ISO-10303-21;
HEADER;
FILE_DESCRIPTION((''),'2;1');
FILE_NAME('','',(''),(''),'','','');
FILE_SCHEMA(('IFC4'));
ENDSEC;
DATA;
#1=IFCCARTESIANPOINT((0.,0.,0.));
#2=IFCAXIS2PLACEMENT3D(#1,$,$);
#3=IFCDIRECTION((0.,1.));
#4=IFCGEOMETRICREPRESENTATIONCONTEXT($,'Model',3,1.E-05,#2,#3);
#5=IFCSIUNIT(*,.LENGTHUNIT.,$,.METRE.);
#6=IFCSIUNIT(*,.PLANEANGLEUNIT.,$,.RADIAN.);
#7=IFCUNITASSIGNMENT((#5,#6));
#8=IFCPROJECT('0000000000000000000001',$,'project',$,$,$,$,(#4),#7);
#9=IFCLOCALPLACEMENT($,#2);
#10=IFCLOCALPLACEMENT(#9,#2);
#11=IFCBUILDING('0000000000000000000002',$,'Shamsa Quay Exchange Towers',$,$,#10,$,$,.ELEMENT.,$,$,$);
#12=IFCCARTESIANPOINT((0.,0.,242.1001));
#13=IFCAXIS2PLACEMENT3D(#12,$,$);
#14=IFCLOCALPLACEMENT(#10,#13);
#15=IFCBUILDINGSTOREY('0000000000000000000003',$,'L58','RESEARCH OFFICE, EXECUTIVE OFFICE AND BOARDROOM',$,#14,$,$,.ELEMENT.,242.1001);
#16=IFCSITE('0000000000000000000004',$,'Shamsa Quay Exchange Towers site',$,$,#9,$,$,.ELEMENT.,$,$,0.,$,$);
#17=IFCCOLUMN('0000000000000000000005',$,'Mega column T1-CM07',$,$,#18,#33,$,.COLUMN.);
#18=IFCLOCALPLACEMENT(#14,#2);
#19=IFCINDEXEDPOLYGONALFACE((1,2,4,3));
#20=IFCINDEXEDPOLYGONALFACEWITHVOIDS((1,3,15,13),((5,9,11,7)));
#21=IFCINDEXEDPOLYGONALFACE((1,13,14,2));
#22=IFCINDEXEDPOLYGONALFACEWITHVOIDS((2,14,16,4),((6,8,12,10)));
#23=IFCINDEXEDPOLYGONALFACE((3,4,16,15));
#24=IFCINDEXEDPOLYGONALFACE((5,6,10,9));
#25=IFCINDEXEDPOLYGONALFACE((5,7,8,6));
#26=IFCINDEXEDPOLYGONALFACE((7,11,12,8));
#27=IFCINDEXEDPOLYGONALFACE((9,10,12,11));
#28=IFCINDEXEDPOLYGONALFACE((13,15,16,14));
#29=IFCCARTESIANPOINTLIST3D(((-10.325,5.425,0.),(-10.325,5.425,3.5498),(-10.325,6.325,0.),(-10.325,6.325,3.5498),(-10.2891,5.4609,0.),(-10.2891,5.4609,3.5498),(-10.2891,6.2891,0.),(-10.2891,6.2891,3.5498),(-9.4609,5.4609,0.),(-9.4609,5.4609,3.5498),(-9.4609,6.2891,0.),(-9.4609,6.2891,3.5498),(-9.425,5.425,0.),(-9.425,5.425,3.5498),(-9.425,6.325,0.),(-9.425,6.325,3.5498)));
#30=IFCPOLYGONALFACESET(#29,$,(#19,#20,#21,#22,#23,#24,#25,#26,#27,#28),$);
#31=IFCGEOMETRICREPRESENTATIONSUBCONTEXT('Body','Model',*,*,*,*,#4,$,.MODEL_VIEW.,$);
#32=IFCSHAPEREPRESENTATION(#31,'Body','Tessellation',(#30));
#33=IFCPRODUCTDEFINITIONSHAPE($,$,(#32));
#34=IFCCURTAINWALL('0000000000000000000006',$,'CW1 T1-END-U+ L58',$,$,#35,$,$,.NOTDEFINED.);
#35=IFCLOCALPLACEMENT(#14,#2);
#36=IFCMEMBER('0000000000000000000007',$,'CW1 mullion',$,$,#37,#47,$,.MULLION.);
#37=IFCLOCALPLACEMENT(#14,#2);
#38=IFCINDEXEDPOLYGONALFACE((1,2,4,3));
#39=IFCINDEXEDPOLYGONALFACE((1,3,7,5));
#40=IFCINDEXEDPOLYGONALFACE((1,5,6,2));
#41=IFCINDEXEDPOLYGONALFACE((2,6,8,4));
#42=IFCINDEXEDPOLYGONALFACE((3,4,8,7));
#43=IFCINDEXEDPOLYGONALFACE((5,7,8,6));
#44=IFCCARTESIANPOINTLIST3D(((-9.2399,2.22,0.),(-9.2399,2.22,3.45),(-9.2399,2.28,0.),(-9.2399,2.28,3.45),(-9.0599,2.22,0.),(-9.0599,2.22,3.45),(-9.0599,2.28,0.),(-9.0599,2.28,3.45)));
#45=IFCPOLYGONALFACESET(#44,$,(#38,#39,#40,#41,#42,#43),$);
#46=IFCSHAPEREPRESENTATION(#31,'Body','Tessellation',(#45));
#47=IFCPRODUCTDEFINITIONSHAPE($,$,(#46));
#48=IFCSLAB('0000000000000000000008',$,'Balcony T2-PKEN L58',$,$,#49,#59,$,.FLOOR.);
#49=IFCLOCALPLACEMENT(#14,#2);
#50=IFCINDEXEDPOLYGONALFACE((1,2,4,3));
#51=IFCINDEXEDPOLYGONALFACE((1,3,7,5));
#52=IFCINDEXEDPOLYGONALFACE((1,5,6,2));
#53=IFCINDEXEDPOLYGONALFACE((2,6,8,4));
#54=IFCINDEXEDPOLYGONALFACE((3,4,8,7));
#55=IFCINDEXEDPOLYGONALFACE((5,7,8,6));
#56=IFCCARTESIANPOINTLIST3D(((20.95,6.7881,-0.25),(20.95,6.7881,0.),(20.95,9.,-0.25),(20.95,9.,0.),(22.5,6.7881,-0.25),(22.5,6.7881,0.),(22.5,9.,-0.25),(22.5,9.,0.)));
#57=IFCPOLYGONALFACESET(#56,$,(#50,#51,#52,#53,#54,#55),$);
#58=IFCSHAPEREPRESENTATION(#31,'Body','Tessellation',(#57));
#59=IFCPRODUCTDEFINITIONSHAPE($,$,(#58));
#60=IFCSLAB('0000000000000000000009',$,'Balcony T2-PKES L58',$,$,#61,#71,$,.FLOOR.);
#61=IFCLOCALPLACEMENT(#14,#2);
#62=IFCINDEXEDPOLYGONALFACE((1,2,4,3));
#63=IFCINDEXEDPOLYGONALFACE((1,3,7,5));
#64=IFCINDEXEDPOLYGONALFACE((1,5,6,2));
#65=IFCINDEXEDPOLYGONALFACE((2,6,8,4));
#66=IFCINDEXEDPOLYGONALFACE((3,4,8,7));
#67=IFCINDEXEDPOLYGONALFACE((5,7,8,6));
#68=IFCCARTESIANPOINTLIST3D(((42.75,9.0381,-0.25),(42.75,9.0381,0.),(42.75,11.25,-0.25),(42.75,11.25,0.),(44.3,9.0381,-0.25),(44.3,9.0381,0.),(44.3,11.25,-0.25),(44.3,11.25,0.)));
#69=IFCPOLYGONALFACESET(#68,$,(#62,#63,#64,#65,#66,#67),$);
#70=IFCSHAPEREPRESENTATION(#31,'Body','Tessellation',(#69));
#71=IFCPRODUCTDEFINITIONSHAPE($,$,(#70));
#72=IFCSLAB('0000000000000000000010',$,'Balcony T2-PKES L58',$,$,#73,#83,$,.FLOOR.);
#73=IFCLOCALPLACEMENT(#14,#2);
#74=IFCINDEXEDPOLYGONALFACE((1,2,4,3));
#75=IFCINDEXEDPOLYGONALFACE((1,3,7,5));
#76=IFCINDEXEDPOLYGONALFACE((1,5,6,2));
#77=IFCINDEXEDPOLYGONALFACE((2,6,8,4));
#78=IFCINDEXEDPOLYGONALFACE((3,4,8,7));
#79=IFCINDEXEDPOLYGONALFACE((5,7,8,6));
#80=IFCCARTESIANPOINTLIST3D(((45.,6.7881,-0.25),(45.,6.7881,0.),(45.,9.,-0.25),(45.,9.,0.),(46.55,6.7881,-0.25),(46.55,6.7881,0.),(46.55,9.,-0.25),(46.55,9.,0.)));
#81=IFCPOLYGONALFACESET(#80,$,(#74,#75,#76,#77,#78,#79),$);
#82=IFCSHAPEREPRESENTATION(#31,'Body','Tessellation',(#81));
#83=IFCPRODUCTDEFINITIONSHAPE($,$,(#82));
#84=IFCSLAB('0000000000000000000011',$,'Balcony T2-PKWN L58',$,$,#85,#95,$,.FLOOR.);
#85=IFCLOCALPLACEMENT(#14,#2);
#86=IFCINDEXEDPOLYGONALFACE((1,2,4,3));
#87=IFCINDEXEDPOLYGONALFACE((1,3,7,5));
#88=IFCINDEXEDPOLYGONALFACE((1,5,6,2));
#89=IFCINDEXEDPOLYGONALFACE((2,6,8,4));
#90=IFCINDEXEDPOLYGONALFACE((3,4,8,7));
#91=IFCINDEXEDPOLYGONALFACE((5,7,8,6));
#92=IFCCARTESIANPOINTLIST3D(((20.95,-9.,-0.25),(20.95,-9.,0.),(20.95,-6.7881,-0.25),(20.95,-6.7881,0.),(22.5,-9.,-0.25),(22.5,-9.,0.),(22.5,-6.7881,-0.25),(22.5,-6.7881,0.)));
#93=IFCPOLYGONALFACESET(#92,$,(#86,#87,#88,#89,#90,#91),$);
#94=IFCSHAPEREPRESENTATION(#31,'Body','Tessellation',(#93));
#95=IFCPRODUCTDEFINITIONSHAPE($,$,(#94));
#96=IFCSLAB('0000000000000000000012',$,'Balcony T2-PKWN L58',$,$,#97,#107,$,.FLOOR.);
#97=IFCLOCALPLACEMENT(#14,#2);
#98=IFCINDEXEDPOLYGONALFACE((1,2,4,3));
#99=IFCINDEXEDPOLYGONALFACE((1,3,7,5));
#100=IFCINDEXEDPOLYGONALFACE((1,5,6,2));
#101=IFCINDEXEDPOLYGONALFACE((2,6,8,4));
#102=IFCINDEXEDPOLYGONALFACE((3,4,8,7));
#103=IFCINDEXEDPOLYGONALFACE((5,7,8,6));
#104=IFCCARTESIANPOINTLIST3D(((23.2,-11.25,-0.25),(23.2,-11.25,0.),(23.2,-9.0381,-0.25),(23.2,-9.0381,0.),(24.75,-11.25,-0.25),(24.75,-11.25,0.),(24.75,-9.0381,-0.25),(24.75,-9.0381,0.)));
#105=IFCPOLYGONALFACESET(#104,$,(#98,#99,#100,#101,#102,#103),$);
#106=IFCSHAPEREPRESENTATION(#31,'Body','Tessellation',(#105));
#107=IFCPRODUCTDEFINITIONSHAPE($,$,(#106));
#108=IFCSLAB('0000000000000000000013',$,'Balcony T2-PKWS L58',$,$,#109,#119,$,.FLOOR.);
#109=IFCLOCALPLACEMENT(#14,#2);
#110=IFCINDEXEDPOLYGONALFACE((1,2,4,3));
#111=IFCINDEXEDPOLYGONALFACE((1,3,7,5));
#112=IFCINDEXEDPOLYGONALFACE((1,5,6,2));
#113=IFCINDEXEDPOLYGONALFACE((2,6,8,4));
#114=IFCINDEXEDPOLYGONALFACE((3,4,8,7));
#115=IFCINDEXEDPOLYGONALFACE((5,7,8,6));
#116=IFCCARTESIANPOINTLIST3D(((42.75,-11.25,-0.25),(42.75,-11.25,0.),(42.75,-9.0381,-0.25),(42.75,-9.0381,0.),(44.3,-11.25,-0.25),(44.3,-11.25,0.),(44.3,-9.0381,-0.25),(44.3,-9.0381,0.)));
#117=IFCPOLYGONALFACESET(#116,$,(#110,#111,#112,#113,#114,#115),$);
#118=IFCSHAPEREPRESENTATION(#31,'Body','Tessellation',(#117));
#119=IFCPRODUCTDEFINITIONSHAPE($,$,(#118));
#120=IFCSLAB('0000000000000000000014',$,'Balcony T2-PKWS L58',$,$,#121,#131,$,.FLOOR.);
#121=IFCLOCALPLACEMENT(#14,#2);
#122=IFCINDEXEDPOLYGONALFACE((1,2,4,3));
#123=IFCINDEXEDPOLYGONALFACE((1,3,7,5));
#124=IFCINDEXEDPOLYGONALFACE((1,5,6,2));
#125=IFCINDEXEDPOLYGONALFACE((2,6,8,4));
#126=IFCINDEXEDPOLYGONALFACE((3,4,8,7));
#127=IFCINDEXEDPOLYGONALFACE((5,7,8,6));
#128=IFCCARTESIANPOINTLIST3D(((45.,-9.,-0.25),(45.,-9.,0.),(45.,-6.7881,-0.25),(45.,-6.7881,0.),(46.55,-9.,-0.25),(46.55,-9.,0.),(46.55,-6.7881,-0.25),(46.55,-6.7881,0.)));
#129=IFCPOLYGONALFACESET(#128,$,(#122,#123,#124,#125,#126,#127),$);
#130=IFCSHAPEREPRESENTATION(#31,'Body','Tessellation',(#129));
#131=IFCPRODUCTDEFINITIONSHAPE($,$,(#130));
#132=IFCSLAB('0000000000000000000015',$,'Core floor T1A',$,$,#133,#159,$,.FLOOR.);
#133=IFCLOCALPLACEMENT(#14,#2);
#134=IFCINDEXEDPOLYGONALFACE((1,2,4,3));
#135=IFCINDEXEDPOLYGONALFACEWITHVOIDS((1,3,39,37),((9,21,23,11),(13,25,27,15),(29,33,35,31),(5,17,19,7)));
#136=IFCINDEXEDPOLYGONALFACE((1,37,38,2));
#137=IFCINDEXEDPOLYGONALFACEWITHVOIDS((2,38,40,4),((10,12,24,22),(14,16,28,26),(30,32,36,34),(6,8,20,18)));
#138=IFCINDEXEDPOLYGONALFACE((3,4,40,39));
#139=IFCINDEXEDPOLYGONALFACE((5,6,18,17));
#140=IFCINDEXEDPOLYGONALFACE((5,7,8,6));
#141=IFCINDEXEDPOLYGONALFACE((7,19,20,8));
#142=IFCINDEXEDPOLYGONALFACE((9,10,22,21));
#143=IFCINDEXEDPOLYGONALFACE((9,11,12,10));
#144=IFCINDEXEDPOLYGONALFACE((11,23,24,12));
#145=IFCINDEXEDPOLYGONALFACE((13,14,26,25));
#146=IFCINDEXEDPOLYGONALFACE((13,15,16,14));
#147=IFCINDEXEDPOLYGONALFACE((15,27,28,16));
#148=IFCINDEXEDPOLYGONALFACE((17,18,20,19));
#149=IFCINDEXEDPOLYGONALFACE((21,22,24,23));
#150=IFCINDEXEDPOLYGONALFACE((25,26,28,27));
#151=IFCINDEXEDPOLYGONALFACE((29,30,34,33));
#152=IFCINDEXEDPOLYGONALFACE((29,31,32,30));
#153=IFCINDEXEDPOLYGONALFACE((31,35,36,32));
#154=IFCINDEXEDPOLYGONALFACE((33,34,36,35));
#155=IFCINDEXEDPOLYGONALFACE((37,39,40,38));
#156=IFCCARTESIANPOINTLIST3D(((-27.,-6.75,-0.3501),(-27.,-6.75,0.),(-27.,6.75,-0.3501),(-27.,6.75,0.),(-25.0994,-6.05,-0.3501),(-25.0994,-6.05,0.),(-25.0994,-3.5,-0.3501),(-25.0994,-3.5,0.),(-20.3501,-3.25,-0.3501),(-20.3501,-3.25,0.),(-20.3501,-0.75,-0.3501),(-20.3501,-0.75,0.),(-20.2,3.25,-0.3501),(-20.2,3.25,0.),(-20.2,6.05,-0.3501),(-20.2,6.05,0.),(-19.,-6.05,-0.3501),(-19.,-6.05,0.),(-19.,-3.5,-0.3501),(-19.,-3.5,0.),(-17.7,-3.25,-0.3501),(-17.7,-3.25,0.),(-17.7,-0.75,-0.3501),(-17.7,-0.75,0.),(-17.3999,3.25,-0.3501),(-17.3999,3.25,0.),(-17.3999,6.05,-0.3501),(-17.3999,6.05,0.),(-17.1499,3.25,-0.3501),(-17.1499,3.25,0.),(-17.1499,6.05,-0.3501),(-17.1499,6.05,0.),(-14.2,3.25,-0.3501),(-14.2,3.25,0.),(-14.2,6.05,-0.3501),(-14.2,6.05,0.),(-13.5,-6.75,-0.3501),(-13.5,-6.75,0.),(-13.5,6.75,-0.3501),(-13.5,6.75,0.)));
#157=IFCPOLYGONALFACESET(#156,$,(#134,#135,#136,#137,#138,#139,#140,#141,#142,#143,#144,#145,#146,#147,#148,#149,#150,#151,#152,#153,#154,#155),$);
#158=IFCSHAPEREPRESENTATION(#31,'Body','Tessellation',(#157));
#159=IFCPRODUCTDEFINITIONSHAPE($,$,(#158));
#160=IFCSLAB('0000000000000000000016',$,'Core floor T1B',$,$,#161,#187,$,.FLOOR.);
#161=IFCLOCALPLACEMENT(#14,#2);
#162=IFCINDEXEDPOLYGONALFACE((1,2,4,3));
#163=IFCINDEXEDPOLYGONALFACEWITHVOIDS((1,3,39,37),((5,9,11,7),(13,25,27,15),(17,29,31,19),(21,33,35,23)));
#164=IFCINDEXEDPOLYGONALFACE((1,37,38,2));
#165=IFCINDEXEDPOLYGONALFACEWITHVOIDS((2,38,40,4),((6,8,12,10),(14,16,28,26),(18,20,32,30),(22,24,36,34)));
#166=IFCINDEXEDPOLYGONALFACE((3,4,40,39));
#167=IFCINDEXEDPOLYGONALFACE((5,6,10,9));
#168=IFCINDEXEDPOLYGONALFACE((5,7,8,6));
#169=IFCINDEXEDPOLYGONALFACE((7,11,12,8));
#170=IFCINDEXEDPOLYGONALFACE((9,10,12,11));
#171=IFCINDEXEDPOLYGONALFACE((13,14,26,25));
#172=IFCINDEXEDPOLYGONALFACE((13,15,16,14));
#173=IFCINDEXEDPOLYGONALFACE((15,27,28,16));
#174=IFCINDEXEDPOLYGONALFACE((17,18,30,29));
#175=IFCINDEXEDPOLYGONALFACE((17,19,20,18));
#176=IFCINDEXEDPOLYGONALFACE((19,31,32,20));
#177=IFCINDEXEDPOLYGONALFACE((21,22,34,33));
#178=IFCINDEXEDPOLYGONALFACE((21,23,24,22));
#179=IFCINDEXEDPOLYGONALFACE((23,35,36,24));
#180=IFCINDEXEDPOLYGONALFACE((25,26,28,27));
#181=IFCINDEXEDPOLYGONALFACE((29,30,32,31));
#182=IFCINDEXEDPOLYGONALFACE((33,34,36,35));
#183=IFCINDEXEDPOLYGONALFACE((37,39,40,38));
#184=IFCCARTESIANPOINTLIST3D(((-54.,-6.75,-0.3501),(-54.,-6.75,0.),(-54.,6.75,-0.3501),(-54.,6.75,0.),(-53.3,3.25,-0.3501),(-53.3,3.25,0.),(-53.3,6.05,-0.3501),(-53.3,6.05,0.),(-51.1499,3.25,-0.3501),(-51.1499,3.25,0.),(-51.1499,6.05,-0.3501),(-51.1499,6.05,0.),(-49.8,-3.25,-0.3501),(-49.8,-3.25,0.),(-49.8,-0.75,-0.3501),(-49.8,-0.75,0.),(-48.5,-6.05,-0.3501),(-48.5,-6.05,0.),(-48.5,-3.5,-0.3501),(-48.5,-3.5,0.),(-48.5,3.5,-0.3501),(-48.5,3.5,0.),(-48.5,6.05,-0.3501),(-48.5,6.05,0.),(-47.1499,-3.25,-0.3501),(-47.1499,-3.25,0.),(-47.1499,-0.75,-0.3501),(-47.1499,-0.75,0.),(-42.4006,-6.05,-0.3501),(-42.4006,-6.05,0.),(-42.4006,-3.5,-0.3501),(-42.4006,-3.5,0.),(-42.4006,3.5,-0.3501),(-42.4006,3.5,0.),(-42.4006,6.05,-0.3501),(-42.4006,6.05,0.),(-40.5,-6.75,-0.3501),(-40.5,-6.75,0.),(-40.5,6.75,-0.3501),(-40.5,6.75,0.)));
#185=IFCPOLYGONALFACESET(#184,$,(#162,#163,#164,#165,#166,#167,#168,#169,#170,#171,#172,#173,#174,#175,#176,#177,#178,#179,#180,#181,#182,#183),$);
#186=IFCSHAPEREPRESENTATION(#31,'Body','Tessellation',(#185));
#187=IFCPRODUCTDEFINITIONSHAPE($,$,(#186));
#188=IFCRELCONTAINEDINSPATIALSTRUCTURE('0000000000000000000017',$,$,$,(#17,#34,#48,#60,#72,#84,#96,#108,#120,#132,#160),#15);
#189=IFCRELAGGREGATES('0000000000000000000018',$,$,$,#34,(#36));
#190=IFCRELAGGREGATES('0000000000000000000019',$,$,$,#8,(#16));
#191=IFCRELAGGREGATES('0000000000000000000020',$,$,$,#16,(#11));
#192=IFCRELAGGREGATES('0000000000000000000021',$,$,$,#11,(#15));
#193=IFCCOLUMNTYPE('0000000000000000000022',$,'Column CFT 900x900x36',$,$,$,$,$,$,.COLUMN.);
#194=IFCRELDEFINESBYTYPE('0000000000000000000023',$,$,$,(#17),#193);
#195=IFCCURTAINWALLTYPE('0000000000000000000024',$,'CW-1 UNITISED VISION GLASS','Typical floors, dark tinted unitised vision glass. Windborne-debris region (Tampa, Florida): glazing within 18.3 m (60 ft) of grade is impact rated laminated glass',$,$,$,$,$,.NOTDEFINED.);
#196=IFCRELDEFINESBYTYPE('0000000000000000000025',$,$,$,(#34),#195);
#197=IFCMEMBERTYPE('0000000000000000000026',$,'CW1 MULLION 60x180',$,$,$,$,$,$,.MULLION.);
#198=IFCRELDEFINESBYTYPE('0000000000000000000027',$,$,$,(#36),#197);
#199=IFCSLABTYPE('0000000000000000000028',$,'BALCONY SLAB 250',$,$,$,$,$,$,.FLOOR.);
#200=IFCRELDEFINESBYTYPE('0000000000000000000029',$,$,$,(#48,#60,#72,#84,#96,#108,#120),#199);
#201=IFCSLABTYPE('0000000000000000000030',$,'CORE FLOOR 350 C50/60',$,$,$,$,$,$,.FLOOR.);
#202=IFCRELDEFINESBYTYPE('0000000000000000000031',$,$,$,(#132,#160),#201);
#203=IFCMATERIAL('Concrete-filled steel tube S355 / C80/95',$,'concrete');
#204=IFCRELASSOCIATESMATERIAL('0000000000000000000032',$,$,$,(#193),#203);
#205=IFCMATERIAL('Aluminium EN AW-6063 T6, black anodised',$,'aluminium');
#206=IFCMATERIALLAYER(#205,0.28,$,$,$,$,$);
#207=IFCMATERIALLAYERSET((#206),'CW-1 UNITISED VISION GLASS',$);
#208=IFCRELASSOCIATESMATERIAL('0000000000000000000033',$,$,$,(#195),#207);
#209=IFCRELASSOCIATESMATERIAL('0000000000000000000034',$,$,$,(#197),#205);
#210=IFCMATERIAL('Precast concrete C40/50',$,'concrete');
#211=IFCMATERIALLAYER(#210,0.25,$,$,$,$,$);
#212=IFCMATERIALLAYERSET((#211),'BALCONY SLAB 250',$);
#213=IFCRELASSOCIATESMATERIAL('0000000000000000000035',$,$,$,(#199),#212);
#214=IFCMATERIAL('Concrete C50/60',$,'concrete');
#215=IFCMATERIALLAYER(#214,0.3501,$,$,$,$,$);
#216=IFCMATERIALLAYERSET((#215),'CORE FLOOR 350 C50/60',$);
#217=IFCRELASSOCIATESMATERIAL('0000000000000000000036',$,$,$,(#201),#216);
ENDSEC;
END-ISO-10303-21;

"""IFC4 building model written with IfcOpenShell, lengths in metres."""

from ifc_helpers import new_model, si_unit, direction, frame, origin, origin_2d, place, context, subcontext, project, spatial, polyline, rectangle, hollow_rectangle, outline, extrude, material, layer, layer_set, material_profile, profile_set, type_object, element, aggregate, save


model = new_model("IFC4")

# Units and contexts
model_context = context("Model", 3, precision=1e-05, world=origin(), true_north=direction((0.0, 1.0)))
body_context = subcontext(model_context, "Body", "Model", "MODEL_VIEW")
ifc_project = project(units=[si_unit("LENGTHUNIT", "METRE"), si_unit("PLANEANGLEUNIT", "RADIAN")], contexts=[model_context])

# Site, building, storey
site_placement = place(None, origin())
site = spatial("IfcSite", under=ifc_project, at=site_placement, Name="Shamsa Quay Exchange Towers site", CompositionType="ELEMENT", RefElevation=0.0)
building_placement = place(site_placement, origin())
building = spatial("IfcBuilding", under=site, at=building_placement, Name="Shamsa Quay Exchange Towers", CompositionType="ELEMENT")
storey_placement = place(building_placement, frame((0.0, 0.0, 242.1001)))
storey = spatial("IfcBuildingStorey", under=building, at=storey_placement, Name="L58", Description="RESEARCH OFFICE, EXECUTIVE OFFICE AND BOARDROOM", CompositionType="ELEMENT", Elevation=242.1001)

# Column
ifc_material_1 = material(Name="Concrete-filled steel tube S355 / C80/95", Category="concrete")
ifc_material_profile_1 = material_profile(ifc_material_1, hollow_rectangle(XDim=0.8999, YDim=0.8999, WallThickness=0.0359, at=origin_2d()), Name="CFT 900x900x36")
ifc_profile_set_1 = profile_set([ifc_material_profile_1], Name="Concrete-filled steel tube S355 / C80/95")
column_type = type_object("IfcColumnType", Name="Column CFT 900x900x36", PredefinedType="COLUMN", material=ifc_profile_set_1)
column_placement = place(storey_placement, frame((-9.875, 5.875, 0.0)))
element("IfcColumn", 1, at=column_placement, inside=storey, type_object=column_type, Name="Mega column T1-CM07", PredefinedType="COLUMN", context=body_context, shape_type="SweptSolid", body=[
    extrude(hollow_rectangle(XDim=0.8999, YDim=0.8999, WallThickness=0.0359, at=origin_2d()), origin(), (0.0, 0.0, 1.0), 3.5498),
])

# Curtain wall, member
ifc_material_2 = material(Name="Aluminium EN AW-6063 T6, black anodised", Category="aluminium")
ifc_layer_1 = layer(ifc_material_2, 0.28)
ifc_layer_set_1 = layer_set([ifc_layer_1], Name="CW-1 UNITISED VISION GLASS")
curtain_wall_type = type_object("IfcCurtainWallType", Name="CW-1 UNITISED VISION GLASS", Description="Typical floors, dark tinted unitised vision glass. Windborne-debris region (Tampa, Florida): glazing within 18.3 m (60 ft) of grade is impact rated laminated glass", PredefinedType="NOTDEFINED", material=ifc_layer_set_1)
curtain_wall_placement = place(storey_placement, origin())
curtain_wall = element("IfcCurtainWall", 2, at=curtain_wall_placement, inside=storey, type_object=curtain_wall_type, Name="CW1 T1-END-U+ L58", PredefinedType="NOTDEFINED")
ifc_material_profile_2 = material_profile(ifc_material_2, rectangle(XDim=0.1799, YDim=0.0601, at=origin_2d()), Name="MU60x180")
ifc_profile_set_2 = profile_set([ifc_material_profile_2], Name="Aluminium EN AW-6063 T6, black anodised")
member_type = type_object("IfcMemberType", Name="CW1 MULLION 60x180", PredefinedType="MULLION", material=ifc_profile_set_2)
member_placement = place(storey_placement, frame((-9.1499, 2.25, 0.0), z_axis=(0.0, 0.0, 1.0), x_axis=(-1.0, 0.0, 0.0)))
member = element("IfcMember", 3, at=member_placement, type_object=member_type, Name="CW1 mullion", PredefinedType="MULLION", context=body_context, shape_type="SweptSolid", body=[
    extrude(rectangle(XDim=0.1799, YDim=0.0601, at=origin_2d()), origin(), (0.0, 0.0, 1.0), 3.45),
])

# Slabs
ifc_material_3 = material(Name="Precast concrete C40/50", Category="concrete")
ifc_layer_2 = layer(ifc_material_3, 0.25)
ifc_layer_set_2 = layer_set([ifc_layer_2], Name="BALCONY SLAB 250")
slab_type_1 = type_object("IfcSlabType", Name="BALCONY SLAB 250", PredefinedType="FLOOR", material=ifc_layer_set_2)
slab_1_placement = place(storey_placement, frame((0.0, 0.0, -0.25)))
element("IfcSlab", 4, at=slab_1_placement, inside=storey, type_object=slab_type_1, Name="Balcony T2-PKEN L58", PredefinedType="FLOOR", context=body_context, shape_type="SweptSolid", body=[
    extrude(outline(polyline([(22.5, 9.0), (22.5, 6.7881), (20.95, 6.7881), (20.95, 9.0), (22.5, 9.0)])), origin(), (0.0, 0.0, 1.0), 0.25),
])
slab_2_placement = place(storey_placement, frame((0.0, 0.0, -0.25)))
element("IfcSlab", 5, at=slab_2_placement, inside=storey, type_object=slab_type_1, Name="Balcony T2-PKES L58", PredefinedType="FLOOR", context=body_context, shape_type="SweptSolid", body=[
    extrude(outline(polyline([(42.75, 9.0381), (42.75, 11.25), (44.3, 11.25), (44.3, 9.0381), (42.75, 9.0381)])), origin(), (0.0, 0.0, 1.0), 0.25),
])
slab_3_placement = place(storey_placement, frame((0.0, 0.0, -0.25)))
element("IfcSlab", 6, at=slab_3_placement, inside=storey, type_object=slab_type_1, Name="Balcony T2-PKES L58", PredefinedType="FLOOR", context=body_context, shape_type="SweptSolid", body=[
    extrude(outline(polyline([(45.0, 6.7881), (45.0, 9.0), (46.55, 9.0), (46.55, 6.7881), (45.0, 6.7881)])), origin(), (0.0, 0.0, 1.0), 0.25),
])
slab_4_placement = place(storey_placement, frame((0.0, 0.0, -0.25)))
element("IfcSlab", 7, at=slab_4_placement, inside=storey, type_object=slab_type_1, Name="Balcony T2-PKWN L58", PredefinedType="FLOOR", context=body_context, shape_type="SweptSolid", body=[
    extrude(outline(polyline([(22.5, -6.7881), (22.5, -9.0), (20.95, -9.0), (20.95, -6.7881), (22.5, -6.7881)])), origin(), (0.0, 0.0, 1.0), 0.25),
])
slab_5_placement = place(storey_placement, frame((0.0, 0.0, -0.25)))
element("IfcSlab", 8, at=slab_5_placement, inside=storey, type_object=slab_type_1, Name="Balcony T2-PKWN L58", PredefinedType="FLOOR", context=body_context, shape_type="SweptSolid", body=[
    extrude(outline(polyline([(24.75, -9.0381), (24.75, -11.25), (23.2, -11.25), (23.2, -9.0381), (24.75, -9.0381)])), origin(), (0.0, 0.0, 1.0), 0.25),
])
slab_6_placement = place(storey_placement, frame((0.0, 0.0, -0.25)))
element("IfcSlab", 9, at=slab_6_placement, inside=storey, type_object=slab_type_1, Name="Balcony T2-PKWS L58", PredefinedType="FLOOR", context=body_context, shape_type="SweptSolid", body=[
    extrude(outline(polyline([(42.75, -11.25), (42.75, -9.0381), (44.3, -9.0381), (44.3, -11.25), (42.75, -11.25)])), origin(), (0.0, 0.0, 1.0), 0.25),
])
slab_7_placement = place(storey_placement, frame((0.0, 0.0, -0.25)))
element("IfcSlab", 10, at=slab_7_placement, inside=storey, type_object=slab_type_1, Name="Balcony T2-PKWS L58", PredefinedType="FLOOR", context=body_context, shape_type="SweptSolid", body=[
    extrude(outline(polyline([(45.0, -9.0), (45.0, -6.7881), (46.55, -6.7881), (46.55, -9.0), (45.0, -9.0)])), origin(), (0.0, 0.0, 1.0), 0.25),
])
ifc_material_4 = material(Name="Concrete C50/60", Category="concrete")
ifc_layer_3 = layer(ifc_material_4, 0.3501)
ifc_layer_set_3 = layer_set([ifc_layer_3], Name="CORE FLOOR 350 C50/60")
slab_type_2 = type_object("IfcSlabType", Name="CORE FLOOR 350 C50/60", PredefinedType="FLOOR", material=ifc_layer_set_3)
slab_8_placement = place(storey_placement, frame((0.0, 0.0, -0.3501)))
element("IfcSlab", 11, at=slab_8_placement, inside=storey, type_object=slab_type_2, Name="Core floor T1A", PredefinedType="FLOOR", context=body_context, shape_type="SweptSolid", body=[
    extrude(outline(polyline([(-27.0, -6.75), (-13.5, -6.75), (-13.5, 6.75), (-27.0, 6.75), (-27.0, -6.75)]), holes=[polyline([(-25.0994, -6.05), (-25.0994, -3.5), (-19.0, -3.5), (-19.0, -6.05), (-25.0994, -6.05)]), polyline([(-20.2, 3.25), (-20.2, 6.05), (-17.3999, 6.05), (-17.3999, 3.25), (-20.2, 3.25)]), polyline([(-17.1499, 3.25), (-17.1499, 6.05), (-14.2, 6.05), (-14.2, 3.25), (-17.1499, 3.25)]), polyline([(-20.3501, -3.25), (-20.3501, -0.75), (-17.7, -0.75), (-17.7, -3.25), (-20.3501, -3.25)])]), origin(), (0.0, 0.0, 1.0), 0.3501),
])
slab_9_placement = place(storey_placement, frame((0.0, 0.0, -0.3501)))
element("IfcSlab", 12, at=slab_9_placement, inside=storey, type_object=slab_type_2, Name="Core floor T1B", PredefinedType="FLOOR", context=body_context, shape_type="SweptSolid", body=[
    extrude(outline(polyline([(-40.5, -6.75), (-40.5, 6.75), (-54.0, 6.75), (-54.0, -6.75), (-40.5, -6.75)]), holes=[polyline([(-42.4006, -3.5), (-42.4006, -6.05), (-48.5, -6.05), (-48.5, -3.5), (-42.4006, -3.5)]), polyline([(-42.4006, 6.05), (-42.4006, 3.5), (-48.5, 3.5), (-48.5, 6.05), (-42.4006, 6.05)]), polyline([(-51.1499, 3.25), (-53.3, 3.25), (-53.3, 6.05), (-51.1499, 6.05), (-51.1499, 3.25)]), polyline([(-47.1499, -3.25), (-49.8, -3.25), (-49.8, -0.75), (-47.1499, -0.75), (-47.1499, -3.25)])]), origin(), (0.0, 0.0, 1.0), 0.3501),
])

aggregate(curtain_wall, [member])

save(model, "model.ifc")
